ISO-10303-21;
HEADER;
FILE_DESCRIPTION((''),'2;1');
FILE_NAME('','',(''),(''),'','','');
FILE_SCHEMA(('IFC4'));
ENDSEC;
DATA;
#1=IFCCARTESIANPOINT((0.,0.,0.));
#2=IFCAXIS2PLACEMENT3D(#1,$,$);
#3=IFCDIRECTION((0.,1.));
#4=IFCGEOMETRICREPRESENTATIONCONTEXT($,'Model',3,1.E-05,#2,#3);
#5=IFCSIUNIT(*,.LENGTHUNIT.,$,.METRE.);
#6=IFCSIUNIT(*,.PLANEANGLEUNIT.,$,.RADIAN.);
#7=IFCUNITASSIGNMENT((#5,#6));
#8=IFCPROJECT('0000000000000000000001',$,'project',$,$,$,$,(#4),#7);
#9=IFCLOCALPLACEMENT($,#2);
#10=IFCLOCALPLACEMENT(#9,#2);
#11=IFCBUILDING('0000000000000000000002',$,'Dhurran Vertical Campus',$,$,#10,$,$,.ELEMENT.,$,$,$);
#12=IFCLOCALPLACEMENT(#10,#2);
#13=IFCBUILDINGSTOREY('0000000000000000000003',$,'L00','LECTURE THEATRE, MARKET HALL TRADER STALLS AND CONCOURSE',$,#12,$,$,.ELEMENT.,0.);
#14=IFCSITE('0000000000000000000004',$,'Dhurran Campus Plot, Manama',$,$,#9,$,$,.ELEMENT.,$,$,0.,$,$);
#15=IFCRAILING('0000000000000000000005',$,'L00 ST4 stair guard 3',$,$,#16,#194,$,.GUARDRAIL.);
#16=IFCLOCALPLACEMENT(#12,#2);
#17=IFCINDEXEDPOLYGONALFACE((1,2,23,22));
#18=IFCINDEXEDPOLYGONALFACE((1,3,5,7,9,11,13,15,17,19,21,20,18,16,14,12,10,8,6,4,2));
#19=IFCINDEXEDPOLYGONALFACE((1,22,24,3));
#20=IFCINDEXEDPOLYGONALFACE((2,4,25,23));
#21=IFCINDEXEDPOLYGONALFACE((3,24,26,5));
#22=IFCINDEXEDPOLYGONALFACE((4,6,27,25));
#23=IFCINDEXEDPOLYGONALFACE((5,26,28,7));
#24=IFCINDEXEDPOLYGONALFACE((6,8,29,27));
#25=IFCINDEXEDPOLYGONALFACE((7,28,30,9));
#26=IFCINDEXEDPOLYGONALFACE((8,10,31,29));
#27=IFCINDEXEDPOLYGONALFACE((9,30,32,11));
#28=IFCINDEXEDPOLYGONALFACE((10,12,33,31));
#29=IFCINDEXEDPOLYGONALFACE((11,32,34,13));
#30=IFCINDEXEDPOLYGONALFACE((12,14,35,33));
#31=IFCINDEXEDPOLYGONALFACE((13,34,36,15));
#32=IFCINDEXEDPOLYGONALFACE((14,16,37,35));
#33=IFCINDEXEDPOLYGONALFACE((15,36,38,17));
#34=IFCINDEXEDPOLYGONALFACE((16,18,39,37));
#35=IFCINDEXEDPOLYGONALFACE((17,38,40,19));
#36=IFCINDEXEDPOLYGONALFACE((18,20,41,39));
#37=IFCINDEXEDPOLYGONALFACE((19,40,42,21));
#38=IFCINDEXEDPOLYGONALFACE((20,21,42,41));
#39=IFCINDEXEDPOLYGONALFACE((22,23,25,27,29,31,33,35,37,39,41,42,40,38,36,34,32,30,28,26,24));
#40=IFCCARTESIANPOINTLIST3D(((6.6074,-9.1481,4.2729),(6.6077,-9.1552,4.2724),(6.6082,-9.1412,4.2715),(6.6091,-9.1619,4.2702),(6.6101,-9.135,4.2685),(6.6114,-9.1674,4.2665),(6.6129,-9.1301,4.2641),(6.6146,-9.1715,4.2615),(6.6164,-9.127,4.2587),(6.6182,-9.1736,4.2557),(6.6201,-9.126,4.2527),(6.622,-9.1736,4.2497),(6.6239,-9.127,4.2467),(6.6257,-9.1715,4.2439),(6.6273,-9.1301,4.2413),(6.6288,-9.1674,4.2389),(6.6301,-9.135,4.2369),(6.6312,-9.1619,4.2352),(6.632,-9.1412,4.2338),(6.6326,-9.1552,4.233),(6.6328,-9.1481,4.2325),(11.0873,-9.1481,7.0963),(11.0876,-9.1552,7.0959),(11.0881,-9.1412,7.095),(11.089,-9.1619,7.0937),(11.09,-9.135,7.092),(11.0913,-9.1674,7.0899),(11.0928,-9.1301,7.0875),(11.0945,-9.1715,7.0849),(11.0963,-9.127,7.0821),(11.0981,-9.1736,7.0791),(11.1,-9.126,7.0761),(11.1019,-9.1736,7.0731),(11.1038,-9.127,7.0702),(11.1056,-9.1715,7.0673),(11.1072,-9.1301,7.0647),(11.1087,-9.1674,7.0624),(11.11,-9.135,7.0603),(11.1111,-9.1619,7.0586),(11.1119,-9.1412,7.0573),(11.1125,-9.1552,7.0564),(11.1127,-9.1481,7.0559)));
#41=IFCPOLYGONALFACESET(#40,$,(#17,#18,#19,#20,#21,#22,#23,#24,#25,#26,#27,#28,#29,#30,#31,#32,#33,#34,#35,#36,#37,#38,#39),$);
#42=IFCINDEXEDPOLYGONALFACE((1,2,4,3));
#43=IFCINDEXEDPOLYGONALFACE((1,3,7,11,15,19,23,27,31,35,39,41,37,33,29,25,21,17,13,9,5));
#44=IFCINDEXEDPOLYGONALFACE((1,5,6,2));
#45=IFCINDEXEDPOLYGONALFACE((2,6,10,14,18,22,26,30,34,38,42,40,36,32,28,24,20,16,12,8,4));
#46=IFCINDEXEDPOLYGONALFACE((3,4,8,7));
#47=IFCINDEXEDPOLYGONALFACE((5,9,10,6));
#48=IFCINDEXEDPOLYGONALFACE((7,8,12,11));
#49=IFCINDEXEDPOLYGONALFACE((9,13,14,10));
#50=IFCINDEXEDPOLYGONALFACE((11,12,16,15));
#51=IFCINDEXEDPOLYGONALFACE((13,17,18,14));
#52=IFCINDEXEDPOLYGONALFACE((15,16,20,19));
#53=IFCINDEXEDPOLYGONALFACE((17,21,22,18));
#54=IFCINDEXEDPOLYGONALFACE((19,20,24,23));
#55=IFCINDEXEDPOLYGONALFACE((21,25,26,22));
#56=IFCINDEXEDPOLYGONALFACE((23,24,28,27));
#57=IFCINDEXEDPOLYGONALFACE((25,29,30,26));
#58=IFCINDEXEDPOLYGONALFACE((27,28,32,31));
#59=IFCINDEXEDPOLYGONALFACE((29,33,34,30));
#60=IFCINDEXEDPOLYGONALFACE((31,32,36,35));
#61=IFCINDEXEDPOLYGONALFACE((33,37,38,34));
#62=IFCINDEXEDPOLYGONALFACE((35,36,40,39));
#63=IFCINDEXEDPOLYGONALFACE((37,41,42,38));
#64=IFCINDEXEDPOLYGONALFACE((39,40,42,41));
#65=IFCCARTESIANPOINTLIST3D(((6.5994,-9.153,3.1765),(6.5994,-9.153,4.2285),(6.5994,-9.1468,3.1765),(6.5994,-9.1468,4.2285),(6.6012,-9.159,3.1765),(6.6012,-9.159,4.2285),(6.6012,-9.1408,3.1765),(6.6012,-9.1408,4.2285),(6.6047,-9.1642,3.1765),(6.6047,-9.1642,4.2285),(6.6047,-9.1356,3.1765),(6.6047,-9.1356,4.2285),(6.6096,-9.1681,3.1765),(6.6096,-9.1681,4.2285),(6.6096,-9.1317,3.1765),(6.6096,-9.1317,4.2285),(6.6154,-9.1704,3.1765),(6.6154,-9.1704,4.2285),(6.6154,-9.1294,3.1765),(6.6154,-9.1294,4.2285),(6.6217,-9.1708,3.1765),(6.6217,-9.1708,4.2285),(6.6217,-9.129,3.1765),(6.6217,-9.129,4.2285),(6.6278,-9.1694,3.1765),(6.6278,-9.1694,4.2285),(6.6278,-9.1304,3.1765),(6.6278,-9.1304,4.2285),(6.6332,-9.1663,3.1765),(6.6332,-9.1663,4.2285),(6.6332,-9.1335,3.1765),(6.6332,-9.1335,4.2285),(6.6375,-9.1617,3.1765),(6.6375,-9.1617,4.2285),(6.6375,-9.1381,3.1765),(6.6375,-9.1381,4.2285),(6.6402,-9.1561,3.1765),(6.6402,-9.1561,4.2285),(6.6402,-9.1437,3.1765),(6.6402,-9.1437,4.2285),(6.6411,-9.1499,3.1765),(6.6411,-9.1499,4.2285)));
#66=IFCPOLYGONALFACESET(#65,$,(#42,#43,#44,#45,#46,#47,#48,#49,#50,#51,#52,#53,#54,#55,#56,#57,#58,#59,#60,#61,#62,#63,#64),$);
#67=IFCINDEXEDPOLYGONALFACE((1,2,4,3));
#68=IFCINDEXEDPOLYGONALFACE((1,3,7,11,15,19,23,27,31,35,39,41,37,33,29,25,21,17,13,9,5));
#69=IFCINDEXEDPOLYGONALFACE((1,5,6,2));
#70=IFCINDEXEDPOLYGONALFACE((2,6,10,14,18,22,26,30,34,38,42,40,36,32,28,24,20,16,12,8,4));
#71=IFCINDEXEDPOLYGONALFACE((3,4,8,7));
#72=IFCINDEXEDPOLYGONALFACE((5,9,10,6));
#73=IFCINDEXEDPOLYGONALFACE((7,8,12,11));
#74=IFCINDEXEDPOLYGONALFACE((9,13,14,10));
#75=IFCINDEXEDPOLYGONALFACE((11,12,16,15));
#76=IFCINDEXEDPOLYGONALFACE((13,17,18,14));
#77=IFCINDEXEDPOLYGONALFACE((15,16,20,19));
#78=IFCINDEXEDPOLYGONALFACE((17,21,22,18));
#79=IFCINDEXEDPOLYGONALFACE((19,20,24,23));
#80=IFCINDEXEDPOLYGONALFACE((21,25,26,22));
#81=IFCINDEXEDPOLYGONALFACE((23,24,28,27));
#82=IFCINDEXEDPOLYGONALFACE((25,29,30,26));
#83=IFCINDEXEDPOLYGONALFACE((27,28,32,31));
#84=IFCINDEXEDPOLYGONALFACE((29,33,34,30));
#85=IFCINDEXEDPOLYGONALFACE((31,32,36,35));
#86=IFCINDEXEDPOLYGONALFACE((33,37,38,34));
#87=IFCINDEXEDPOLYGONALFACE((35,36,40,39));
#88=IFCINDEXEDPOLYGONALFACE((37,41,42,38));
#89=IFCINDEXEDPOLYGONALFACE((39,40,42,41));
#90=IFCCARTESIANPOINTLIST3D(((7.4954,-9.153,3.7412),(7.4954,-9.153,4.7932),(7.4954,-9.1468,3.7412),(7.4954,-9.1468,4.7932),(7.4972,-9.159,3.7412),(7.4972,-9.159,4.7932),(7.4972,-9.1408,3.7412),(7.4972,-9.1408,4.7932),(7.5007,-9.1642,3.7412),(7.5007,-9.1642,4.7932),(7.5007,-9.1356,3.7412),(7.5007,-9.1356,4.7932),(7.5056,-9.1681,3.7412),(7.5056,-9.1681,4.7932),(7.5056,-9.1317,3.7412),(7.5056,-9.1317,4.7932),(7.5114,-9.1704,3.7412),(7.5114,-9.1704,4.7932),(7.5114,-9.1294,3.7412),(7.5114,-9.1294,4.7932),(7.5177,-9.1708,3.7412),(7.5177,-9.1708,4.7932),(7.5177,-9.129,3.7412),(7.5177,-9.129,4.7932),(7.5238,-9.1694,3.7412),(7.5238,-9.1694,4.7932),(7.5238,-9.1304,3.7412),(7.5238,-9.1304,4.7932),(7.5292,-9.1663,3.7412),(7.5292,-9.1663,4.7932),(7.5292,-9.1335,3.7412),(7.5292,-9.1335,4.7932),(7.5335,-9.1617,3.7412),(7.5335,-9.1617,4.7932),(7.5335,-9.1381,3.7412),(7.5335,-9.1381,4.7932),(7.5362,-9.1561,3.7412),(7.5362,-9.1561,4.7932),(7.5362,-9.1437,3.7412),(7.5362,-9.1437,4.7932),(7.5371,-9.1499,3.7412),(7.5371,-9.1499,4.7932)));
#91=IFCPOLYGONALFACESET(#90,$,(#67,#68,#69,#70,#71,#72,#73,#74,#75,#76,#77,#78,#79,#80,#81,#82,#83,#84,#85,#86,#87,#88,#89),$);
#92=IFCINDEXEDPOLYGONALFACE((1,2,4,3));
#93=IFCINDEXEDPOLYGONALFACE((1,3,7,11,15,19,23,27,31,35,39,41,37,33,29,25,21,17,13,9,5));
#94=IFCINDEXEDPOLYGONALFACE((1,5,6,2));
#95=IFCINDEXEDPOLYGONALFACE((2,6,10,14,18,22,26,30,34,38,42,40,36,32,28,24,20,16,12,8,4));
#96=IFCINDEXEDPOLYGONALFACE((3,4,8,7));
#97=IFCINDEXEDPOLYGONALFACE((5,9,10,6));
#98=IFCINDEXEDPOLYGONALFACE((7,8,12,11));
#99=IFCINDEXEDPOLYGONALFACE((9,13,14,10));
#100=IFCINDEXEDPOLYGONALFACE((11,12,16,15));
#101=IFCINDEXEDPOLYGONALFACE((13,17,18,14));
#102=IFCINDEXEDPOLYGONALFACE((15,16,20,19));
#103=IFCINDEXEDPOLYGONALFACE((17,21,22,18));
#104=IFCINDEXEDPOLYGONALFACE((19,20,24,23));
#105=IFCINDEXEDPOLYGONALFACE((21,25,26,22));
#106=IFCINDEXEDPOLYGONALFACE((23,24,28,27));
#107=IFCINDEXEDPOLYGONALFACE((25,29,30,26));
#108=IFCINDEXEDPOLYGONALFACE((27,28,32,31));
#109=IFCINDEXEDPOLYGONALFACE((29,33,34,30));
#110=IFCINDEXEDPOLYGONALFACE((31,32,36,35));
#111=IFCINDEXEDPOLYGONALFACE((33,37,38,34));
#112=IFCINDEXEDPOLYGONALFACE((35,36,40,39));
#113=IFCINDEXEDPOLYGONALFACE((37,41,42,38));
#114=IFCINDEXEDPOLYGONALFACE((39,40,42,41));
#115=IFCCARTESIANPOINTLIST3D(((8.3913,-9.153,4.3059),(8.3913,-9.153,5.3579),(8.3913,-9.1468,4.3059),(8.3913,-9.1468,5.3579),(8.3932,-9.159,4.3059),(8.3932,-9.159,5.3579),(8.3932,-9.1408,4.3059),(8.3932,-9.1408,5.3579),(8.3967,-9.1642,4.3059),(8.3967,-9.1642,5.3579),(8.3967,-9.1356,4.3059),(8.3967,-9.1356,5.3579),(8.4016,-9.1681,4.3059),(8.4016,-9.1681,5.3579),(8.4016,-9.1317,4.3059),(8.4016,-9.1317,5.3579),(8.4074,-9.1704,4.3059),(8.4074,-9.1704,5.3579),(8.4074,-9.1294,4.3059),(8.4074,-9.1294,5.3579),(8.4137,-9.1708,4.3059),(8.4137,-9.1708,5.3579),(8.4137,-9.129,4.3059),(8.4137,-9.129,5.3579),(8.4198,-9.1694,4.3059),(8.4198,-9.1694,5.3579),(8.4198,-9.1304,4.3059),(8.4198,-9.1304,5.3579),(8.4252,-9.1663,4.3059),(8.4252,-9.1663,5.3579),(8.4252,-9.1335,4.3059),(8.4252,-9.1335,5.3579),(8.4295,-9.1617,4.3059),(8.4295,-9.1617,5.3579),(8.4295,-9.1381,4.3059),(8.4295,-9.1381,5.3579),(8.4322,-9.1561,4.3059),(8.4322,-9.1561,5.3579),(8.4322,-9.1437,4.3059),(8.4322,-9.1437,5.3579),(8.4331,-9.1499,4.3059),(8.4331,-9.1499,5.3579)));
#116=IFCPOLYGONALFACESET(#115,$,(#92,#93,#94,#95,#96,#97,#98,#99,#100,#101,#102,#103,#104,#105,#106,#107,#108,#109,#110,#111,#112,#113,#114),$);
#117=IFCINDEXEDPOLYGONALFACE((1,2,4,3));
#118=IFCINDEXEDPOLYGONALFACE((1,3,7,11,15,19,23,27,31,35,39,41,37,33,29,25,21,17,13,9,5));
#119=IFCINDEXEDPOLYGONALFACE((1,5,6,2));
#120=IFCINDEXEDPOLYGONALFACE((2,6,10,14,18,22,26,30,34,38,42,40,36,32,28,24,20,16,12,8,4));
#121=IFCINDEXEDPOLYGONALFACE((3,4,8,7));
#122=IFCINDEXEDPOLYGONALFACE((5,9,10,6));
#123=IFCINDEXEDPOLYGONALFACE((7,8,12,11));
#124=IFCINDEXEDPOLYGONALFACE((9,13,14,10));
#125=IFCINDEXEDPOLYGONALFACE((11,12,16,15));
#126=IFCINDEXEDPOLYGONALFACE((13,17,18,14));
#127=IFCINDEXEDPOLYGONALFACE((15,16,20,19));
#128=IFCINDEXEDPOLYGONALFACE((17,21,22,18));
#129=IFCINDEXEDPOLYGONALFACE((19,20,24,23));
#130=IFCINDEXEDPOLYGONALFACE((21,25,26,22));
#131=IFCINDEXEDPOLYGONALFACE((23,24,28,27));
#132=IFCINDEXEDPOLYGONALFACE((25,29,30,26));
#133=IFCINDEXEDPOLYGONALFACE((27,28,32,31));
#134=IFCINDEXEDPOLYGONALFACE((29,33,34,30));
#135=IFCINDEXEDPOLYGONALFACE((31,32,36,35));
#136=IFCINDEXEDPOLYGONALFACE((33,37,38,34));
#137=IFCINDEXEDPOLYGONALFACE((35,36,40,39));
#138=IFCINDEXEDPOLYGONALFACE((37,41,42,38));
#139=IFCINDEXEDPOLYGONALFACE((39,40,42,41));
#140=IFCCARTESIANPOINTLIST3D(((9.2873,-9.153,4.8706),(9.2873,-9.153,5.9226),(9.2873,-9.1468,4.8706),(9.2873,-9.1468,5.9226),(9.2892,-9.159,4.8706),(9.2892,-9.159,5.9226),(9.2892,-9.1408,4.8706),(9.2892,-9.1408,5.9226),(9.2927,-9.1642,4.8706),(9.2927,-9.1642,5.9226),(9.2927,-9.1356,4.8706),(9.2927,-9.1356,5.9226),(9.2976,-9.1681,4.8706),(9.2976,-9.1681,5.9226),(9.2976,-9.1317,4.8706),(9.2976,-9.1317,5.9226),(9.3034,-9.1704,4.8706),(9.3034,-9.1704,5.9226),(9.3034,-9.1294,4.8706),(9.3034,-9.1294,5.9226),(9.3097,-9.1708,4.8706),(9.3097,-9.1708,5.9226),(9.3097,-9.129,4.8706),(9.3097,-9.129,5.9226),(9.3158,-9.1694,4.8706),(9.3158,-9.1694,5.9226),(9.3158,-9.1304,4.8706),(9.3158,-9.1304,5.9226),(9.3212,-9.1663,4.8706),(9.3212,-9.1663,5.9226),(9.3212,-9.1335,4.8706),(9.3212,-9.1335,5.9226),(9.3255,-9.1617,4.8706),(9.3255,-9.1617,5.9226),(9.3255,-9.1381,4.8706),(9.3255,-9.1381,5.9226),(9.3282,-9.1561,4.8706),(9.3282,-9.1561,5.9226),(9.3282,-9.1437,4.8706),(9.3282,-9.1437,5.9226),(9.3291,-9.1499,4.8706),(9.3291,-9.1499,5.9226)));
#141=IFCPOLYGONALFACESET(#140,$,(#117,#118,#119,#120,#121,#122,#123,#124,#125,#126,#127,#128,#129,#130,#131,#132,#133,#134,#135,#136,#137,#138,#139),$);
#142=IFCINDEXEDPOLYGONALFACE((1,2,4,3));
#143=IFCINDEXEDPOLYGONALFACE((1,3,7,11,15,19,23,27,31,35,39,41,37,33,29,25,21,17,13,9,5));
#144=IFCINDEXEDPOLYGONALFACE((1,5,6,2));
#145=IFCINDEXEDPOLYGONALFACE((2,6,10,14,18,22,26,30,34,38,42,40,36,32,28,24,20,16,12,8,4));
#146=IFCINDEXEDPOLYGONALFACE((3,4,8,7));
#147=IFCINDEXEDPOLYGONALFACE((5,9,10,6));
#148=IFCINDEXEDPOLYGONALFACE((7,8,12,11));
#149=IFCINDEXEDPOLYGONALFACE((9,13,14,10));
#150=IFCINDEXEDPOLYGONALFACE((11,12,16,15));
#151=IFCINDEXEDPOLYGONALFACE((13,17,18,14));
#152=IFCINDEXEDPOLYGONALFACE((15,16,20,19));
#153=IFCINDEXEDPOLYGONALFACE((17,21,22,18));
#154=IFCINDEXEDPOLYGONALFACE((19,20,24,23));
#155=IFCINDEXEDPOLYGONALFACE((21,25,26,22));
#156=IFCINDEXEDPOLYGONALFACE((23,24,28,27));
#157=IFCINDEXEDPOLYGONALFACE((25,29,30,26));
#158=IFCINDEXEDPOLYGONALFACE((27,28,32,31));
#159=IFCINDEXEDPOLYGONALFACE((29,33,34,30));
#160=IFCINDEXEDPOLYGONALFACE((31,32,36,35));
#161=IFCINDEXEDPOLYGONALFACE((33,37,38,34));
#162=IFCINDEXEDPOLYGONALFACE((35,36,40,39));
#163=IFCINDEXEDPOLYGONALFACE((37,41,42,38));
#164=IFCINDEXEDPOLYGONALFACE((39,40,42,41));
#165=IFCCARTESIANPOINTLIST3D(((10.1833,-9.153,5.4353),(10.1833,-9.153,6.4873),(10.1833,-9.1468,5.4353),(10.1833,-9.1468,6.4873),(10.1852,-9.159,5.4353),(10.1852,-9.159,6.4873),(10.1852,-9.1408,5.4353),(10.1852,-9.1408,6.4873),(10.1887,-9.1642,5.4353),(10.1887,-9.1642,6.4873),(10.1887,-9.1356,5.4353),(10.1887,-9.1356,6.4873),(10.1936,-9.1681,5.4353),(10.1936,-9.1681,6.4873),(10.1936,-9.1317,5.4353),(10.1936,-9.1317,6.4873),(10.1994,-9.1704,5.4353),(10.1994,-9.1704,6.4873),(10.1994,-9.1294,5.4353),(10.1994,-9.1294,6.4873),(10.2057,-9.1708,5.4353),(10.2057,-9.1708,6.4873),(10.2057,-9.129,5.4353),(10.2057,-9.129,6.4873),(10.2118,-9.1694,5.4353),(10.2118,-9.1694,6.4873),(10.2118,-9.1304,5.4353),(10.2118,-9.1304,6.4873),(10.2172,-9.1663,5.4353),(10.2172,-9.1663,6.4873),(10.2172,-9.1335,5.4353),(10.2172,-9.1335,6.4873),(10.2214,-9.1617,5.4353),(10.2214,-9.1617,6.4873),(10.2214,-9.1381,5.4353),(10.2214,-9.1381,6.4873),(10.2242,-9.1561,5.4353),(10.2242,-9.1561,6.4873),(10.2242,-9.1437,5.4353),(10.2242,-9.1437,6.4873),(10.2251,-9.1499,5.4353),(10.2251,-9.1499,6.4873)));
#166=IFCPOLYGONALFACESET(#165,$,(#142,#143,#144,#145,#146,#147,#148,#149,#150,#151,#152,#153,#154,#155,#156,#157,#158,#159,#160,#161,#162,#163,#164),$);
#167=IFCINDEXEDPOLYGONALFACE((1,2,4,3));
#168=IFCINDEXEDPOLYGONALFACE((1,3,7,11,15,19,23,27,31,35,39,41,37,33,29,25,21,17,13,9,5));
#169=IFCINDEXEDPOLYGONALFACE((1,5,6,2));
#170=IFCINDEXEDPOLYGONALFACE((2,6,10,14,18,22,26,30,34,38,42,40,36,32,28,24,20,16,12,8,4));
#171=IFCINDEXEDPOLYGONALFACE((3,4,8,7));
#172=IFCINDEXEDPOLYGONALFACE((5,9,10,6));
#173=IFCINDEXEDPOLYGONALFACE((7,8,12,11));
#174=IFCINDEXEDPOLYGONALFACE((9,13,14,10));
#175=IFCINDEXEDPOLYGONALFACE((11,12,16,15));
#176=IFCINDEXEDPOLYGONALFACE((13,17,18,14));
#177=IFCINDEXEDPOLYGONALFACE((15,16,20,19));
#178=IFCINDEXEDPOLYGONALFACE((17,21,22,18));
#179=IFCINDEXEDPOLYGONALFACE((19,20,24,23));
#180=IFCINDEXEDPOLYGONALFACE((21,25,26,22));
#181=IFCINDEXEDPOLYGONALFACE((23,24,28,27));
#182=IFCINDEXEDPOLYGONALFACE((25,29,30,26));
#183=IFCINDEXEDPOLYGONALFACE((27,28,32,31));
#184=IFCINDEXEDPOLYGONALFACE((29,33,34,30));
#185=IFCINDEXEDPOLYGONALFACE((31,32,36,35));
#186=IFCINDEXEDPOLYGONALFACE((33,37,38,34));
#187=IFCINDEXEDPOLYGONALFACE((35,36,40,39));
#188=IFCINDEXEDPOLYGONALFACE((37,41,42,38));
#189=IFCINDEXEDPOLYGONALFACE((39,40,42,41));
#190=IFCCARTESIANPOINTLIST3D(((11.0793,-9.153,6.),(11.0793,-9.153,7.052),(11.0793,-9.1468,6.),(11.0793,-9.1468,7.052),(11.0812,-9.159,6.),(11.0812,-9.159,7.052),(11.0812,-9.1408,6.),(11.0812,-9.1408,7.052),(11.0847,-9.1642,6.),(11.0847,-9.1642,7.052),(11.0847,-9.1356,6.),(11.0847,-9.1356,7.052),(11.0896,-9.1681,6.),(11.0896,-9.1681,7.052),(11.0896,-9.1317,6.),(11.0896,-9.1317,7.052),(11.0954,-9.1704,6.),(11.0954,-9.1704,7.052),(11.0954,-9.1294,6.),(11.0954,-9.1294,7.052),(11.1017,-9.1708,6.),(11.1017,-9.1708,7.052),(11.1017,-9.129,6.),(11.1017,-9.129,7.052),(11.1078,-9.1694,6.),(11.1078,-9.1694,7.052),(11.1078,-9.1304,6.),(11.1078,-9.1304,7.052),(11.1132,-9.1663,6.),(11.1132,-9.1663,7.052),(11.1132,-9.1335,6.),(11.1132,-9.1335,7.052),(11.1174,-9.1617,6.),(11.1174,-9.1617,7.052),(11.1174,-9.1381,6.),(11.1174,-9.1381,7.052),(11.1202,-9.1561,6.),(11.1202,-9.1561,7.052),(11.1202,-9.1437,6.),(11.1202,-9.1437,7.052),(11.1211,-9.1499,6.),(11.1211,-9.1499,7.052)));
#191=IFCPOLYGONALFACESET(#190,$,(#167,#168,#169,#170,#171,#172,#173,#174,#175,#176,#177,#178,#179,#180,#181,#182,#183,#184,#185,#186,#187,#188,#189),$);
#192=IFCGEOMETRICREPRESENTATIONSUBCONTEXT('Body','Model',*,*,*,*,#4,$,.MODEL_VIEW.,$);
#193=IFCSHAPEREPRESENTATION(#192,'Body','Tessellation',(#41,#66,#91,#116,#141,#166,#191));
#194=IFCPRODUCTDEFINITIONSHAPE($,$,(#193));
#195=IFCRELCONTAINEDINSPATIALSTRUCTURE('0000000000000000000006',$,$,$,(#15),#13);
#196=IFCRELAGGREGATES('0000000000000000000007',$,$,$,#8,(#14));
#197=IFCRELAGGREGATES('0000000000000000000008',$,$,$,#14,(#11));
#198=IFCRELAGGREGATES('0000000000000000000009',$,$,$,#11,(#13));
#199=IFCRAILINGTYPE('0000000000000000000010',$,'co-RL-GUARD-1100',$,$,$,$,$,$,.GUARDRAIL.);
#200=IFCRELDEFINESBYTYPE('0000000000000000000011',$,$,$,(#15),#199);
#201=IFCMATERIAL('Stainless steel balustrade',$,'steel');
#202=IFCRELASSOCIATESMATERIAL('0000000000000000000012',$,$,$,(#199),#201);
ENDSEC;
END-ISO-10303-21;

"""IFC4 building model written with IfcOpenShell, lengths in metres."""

from ifc_helpers import new_model, si_unit, direction, frame, origin, origin_2d, place, context, subcontext, project, spatial, circle, extrude, material, type_object, element, save


model = new_model("IFC4")

# Units and contexts
model_context = context("Model", 3, precision=1e-05, world=origin(), true_north=direction((0.0, 1.0)))
body_context = subcontext(model_context, "Body", "Model", "MODEL_VIEW")
ifc_project = project(units=[si_unit("LENGTHUNIT", "METRE"), si_unit("PLANEANGLEUNIT", "RADIAN")], contexts=[model_context])

# Site, building, storey
site_placement = place(None, origin())
site = spatial("IfcSite", under=ifc_project, at=site_placement, Name="Dhurran Campus Plot, Manama", CompositionType="ELEMENT", RefElevation=0.0)
building_placement = place(site_placement, origin())
building = spatial("IfcBuilding", under=site, at=building_placement, Name="Dhurran Vertical Campus", CompositionType="ELEMENT")
storey_placement = place(building_placement, origin())
storey = spatial("IfcBuildingStorey", under=building, at=storey_placement, Name="L00", Description="LECTURE THEATRE, MARKET HALL TRADER STALLS AND CONCOURSE", CompositionType="ELEMENT", Elevation=0.0)

# Railing
ifc_material_1 = material(Name="Stainless steel balustrade", Category="steel")
railing_type_1 = type_object("IfcRailingType", Name="co-RL-GUARD-1100", PredefinedType="GUARDRAIL", material=ifc_material_1)
railing_1_placement = place(storey_placement, frame((6.6201, -9.1499, 3.1765)))
element("IfcRailing", 1, at=railing_1_placement, inside=storey, type_object=railing_type_1, Name="L00 ST4 stair guard 3", PredefinedType="GUARDRAIL", context=body_context, shape_type="SweptSolid", body=[
    extrude(circle(Radius=0.0239, at=origin_2d()), frame((0.0, 0.0, 1.0762), z_axis=(0.845998, 0.0, 0.533186), x_axis=(0.0, 1.0, 0.0)), (0.0, 0.0, 1.0), 5.2954),
    extrude(circle(Radius=0.021, at=origin_2d()), origin(), (0.0, 0.0, 1.0), 1.052),
    extrude(circle(Radius=0.021, at=origin_2d()), frame((0.896, 0.0, 0.5647)), (0.0, 0.0, 1.0), 1.052),
    extrude(circle(Radius=0.021, at=origin_2d()), frame((1.792, 0.0, 1.1294)), (0.0, 0.0, 1.0), 1.052),
    extrude(circle(Radius=0.021, at=origin_2d()), frame((2.688, 0.0, 1.6941)), (0.0, 0.0, 1.0), 1.052),
    extrude(circle(Radius=0.021, at=origin_2d()), frame((3.584, 0.0, 2.2588)), (0.0, 0.0, 1.0), 1.052),
    extrude(circle(Radius=0.021, at=origin_2d()), frame((4.48, 0.0, 2.8235)), (0.0, 0.0, 1.0), 1.052),
])

save(model, "model.ifc")
